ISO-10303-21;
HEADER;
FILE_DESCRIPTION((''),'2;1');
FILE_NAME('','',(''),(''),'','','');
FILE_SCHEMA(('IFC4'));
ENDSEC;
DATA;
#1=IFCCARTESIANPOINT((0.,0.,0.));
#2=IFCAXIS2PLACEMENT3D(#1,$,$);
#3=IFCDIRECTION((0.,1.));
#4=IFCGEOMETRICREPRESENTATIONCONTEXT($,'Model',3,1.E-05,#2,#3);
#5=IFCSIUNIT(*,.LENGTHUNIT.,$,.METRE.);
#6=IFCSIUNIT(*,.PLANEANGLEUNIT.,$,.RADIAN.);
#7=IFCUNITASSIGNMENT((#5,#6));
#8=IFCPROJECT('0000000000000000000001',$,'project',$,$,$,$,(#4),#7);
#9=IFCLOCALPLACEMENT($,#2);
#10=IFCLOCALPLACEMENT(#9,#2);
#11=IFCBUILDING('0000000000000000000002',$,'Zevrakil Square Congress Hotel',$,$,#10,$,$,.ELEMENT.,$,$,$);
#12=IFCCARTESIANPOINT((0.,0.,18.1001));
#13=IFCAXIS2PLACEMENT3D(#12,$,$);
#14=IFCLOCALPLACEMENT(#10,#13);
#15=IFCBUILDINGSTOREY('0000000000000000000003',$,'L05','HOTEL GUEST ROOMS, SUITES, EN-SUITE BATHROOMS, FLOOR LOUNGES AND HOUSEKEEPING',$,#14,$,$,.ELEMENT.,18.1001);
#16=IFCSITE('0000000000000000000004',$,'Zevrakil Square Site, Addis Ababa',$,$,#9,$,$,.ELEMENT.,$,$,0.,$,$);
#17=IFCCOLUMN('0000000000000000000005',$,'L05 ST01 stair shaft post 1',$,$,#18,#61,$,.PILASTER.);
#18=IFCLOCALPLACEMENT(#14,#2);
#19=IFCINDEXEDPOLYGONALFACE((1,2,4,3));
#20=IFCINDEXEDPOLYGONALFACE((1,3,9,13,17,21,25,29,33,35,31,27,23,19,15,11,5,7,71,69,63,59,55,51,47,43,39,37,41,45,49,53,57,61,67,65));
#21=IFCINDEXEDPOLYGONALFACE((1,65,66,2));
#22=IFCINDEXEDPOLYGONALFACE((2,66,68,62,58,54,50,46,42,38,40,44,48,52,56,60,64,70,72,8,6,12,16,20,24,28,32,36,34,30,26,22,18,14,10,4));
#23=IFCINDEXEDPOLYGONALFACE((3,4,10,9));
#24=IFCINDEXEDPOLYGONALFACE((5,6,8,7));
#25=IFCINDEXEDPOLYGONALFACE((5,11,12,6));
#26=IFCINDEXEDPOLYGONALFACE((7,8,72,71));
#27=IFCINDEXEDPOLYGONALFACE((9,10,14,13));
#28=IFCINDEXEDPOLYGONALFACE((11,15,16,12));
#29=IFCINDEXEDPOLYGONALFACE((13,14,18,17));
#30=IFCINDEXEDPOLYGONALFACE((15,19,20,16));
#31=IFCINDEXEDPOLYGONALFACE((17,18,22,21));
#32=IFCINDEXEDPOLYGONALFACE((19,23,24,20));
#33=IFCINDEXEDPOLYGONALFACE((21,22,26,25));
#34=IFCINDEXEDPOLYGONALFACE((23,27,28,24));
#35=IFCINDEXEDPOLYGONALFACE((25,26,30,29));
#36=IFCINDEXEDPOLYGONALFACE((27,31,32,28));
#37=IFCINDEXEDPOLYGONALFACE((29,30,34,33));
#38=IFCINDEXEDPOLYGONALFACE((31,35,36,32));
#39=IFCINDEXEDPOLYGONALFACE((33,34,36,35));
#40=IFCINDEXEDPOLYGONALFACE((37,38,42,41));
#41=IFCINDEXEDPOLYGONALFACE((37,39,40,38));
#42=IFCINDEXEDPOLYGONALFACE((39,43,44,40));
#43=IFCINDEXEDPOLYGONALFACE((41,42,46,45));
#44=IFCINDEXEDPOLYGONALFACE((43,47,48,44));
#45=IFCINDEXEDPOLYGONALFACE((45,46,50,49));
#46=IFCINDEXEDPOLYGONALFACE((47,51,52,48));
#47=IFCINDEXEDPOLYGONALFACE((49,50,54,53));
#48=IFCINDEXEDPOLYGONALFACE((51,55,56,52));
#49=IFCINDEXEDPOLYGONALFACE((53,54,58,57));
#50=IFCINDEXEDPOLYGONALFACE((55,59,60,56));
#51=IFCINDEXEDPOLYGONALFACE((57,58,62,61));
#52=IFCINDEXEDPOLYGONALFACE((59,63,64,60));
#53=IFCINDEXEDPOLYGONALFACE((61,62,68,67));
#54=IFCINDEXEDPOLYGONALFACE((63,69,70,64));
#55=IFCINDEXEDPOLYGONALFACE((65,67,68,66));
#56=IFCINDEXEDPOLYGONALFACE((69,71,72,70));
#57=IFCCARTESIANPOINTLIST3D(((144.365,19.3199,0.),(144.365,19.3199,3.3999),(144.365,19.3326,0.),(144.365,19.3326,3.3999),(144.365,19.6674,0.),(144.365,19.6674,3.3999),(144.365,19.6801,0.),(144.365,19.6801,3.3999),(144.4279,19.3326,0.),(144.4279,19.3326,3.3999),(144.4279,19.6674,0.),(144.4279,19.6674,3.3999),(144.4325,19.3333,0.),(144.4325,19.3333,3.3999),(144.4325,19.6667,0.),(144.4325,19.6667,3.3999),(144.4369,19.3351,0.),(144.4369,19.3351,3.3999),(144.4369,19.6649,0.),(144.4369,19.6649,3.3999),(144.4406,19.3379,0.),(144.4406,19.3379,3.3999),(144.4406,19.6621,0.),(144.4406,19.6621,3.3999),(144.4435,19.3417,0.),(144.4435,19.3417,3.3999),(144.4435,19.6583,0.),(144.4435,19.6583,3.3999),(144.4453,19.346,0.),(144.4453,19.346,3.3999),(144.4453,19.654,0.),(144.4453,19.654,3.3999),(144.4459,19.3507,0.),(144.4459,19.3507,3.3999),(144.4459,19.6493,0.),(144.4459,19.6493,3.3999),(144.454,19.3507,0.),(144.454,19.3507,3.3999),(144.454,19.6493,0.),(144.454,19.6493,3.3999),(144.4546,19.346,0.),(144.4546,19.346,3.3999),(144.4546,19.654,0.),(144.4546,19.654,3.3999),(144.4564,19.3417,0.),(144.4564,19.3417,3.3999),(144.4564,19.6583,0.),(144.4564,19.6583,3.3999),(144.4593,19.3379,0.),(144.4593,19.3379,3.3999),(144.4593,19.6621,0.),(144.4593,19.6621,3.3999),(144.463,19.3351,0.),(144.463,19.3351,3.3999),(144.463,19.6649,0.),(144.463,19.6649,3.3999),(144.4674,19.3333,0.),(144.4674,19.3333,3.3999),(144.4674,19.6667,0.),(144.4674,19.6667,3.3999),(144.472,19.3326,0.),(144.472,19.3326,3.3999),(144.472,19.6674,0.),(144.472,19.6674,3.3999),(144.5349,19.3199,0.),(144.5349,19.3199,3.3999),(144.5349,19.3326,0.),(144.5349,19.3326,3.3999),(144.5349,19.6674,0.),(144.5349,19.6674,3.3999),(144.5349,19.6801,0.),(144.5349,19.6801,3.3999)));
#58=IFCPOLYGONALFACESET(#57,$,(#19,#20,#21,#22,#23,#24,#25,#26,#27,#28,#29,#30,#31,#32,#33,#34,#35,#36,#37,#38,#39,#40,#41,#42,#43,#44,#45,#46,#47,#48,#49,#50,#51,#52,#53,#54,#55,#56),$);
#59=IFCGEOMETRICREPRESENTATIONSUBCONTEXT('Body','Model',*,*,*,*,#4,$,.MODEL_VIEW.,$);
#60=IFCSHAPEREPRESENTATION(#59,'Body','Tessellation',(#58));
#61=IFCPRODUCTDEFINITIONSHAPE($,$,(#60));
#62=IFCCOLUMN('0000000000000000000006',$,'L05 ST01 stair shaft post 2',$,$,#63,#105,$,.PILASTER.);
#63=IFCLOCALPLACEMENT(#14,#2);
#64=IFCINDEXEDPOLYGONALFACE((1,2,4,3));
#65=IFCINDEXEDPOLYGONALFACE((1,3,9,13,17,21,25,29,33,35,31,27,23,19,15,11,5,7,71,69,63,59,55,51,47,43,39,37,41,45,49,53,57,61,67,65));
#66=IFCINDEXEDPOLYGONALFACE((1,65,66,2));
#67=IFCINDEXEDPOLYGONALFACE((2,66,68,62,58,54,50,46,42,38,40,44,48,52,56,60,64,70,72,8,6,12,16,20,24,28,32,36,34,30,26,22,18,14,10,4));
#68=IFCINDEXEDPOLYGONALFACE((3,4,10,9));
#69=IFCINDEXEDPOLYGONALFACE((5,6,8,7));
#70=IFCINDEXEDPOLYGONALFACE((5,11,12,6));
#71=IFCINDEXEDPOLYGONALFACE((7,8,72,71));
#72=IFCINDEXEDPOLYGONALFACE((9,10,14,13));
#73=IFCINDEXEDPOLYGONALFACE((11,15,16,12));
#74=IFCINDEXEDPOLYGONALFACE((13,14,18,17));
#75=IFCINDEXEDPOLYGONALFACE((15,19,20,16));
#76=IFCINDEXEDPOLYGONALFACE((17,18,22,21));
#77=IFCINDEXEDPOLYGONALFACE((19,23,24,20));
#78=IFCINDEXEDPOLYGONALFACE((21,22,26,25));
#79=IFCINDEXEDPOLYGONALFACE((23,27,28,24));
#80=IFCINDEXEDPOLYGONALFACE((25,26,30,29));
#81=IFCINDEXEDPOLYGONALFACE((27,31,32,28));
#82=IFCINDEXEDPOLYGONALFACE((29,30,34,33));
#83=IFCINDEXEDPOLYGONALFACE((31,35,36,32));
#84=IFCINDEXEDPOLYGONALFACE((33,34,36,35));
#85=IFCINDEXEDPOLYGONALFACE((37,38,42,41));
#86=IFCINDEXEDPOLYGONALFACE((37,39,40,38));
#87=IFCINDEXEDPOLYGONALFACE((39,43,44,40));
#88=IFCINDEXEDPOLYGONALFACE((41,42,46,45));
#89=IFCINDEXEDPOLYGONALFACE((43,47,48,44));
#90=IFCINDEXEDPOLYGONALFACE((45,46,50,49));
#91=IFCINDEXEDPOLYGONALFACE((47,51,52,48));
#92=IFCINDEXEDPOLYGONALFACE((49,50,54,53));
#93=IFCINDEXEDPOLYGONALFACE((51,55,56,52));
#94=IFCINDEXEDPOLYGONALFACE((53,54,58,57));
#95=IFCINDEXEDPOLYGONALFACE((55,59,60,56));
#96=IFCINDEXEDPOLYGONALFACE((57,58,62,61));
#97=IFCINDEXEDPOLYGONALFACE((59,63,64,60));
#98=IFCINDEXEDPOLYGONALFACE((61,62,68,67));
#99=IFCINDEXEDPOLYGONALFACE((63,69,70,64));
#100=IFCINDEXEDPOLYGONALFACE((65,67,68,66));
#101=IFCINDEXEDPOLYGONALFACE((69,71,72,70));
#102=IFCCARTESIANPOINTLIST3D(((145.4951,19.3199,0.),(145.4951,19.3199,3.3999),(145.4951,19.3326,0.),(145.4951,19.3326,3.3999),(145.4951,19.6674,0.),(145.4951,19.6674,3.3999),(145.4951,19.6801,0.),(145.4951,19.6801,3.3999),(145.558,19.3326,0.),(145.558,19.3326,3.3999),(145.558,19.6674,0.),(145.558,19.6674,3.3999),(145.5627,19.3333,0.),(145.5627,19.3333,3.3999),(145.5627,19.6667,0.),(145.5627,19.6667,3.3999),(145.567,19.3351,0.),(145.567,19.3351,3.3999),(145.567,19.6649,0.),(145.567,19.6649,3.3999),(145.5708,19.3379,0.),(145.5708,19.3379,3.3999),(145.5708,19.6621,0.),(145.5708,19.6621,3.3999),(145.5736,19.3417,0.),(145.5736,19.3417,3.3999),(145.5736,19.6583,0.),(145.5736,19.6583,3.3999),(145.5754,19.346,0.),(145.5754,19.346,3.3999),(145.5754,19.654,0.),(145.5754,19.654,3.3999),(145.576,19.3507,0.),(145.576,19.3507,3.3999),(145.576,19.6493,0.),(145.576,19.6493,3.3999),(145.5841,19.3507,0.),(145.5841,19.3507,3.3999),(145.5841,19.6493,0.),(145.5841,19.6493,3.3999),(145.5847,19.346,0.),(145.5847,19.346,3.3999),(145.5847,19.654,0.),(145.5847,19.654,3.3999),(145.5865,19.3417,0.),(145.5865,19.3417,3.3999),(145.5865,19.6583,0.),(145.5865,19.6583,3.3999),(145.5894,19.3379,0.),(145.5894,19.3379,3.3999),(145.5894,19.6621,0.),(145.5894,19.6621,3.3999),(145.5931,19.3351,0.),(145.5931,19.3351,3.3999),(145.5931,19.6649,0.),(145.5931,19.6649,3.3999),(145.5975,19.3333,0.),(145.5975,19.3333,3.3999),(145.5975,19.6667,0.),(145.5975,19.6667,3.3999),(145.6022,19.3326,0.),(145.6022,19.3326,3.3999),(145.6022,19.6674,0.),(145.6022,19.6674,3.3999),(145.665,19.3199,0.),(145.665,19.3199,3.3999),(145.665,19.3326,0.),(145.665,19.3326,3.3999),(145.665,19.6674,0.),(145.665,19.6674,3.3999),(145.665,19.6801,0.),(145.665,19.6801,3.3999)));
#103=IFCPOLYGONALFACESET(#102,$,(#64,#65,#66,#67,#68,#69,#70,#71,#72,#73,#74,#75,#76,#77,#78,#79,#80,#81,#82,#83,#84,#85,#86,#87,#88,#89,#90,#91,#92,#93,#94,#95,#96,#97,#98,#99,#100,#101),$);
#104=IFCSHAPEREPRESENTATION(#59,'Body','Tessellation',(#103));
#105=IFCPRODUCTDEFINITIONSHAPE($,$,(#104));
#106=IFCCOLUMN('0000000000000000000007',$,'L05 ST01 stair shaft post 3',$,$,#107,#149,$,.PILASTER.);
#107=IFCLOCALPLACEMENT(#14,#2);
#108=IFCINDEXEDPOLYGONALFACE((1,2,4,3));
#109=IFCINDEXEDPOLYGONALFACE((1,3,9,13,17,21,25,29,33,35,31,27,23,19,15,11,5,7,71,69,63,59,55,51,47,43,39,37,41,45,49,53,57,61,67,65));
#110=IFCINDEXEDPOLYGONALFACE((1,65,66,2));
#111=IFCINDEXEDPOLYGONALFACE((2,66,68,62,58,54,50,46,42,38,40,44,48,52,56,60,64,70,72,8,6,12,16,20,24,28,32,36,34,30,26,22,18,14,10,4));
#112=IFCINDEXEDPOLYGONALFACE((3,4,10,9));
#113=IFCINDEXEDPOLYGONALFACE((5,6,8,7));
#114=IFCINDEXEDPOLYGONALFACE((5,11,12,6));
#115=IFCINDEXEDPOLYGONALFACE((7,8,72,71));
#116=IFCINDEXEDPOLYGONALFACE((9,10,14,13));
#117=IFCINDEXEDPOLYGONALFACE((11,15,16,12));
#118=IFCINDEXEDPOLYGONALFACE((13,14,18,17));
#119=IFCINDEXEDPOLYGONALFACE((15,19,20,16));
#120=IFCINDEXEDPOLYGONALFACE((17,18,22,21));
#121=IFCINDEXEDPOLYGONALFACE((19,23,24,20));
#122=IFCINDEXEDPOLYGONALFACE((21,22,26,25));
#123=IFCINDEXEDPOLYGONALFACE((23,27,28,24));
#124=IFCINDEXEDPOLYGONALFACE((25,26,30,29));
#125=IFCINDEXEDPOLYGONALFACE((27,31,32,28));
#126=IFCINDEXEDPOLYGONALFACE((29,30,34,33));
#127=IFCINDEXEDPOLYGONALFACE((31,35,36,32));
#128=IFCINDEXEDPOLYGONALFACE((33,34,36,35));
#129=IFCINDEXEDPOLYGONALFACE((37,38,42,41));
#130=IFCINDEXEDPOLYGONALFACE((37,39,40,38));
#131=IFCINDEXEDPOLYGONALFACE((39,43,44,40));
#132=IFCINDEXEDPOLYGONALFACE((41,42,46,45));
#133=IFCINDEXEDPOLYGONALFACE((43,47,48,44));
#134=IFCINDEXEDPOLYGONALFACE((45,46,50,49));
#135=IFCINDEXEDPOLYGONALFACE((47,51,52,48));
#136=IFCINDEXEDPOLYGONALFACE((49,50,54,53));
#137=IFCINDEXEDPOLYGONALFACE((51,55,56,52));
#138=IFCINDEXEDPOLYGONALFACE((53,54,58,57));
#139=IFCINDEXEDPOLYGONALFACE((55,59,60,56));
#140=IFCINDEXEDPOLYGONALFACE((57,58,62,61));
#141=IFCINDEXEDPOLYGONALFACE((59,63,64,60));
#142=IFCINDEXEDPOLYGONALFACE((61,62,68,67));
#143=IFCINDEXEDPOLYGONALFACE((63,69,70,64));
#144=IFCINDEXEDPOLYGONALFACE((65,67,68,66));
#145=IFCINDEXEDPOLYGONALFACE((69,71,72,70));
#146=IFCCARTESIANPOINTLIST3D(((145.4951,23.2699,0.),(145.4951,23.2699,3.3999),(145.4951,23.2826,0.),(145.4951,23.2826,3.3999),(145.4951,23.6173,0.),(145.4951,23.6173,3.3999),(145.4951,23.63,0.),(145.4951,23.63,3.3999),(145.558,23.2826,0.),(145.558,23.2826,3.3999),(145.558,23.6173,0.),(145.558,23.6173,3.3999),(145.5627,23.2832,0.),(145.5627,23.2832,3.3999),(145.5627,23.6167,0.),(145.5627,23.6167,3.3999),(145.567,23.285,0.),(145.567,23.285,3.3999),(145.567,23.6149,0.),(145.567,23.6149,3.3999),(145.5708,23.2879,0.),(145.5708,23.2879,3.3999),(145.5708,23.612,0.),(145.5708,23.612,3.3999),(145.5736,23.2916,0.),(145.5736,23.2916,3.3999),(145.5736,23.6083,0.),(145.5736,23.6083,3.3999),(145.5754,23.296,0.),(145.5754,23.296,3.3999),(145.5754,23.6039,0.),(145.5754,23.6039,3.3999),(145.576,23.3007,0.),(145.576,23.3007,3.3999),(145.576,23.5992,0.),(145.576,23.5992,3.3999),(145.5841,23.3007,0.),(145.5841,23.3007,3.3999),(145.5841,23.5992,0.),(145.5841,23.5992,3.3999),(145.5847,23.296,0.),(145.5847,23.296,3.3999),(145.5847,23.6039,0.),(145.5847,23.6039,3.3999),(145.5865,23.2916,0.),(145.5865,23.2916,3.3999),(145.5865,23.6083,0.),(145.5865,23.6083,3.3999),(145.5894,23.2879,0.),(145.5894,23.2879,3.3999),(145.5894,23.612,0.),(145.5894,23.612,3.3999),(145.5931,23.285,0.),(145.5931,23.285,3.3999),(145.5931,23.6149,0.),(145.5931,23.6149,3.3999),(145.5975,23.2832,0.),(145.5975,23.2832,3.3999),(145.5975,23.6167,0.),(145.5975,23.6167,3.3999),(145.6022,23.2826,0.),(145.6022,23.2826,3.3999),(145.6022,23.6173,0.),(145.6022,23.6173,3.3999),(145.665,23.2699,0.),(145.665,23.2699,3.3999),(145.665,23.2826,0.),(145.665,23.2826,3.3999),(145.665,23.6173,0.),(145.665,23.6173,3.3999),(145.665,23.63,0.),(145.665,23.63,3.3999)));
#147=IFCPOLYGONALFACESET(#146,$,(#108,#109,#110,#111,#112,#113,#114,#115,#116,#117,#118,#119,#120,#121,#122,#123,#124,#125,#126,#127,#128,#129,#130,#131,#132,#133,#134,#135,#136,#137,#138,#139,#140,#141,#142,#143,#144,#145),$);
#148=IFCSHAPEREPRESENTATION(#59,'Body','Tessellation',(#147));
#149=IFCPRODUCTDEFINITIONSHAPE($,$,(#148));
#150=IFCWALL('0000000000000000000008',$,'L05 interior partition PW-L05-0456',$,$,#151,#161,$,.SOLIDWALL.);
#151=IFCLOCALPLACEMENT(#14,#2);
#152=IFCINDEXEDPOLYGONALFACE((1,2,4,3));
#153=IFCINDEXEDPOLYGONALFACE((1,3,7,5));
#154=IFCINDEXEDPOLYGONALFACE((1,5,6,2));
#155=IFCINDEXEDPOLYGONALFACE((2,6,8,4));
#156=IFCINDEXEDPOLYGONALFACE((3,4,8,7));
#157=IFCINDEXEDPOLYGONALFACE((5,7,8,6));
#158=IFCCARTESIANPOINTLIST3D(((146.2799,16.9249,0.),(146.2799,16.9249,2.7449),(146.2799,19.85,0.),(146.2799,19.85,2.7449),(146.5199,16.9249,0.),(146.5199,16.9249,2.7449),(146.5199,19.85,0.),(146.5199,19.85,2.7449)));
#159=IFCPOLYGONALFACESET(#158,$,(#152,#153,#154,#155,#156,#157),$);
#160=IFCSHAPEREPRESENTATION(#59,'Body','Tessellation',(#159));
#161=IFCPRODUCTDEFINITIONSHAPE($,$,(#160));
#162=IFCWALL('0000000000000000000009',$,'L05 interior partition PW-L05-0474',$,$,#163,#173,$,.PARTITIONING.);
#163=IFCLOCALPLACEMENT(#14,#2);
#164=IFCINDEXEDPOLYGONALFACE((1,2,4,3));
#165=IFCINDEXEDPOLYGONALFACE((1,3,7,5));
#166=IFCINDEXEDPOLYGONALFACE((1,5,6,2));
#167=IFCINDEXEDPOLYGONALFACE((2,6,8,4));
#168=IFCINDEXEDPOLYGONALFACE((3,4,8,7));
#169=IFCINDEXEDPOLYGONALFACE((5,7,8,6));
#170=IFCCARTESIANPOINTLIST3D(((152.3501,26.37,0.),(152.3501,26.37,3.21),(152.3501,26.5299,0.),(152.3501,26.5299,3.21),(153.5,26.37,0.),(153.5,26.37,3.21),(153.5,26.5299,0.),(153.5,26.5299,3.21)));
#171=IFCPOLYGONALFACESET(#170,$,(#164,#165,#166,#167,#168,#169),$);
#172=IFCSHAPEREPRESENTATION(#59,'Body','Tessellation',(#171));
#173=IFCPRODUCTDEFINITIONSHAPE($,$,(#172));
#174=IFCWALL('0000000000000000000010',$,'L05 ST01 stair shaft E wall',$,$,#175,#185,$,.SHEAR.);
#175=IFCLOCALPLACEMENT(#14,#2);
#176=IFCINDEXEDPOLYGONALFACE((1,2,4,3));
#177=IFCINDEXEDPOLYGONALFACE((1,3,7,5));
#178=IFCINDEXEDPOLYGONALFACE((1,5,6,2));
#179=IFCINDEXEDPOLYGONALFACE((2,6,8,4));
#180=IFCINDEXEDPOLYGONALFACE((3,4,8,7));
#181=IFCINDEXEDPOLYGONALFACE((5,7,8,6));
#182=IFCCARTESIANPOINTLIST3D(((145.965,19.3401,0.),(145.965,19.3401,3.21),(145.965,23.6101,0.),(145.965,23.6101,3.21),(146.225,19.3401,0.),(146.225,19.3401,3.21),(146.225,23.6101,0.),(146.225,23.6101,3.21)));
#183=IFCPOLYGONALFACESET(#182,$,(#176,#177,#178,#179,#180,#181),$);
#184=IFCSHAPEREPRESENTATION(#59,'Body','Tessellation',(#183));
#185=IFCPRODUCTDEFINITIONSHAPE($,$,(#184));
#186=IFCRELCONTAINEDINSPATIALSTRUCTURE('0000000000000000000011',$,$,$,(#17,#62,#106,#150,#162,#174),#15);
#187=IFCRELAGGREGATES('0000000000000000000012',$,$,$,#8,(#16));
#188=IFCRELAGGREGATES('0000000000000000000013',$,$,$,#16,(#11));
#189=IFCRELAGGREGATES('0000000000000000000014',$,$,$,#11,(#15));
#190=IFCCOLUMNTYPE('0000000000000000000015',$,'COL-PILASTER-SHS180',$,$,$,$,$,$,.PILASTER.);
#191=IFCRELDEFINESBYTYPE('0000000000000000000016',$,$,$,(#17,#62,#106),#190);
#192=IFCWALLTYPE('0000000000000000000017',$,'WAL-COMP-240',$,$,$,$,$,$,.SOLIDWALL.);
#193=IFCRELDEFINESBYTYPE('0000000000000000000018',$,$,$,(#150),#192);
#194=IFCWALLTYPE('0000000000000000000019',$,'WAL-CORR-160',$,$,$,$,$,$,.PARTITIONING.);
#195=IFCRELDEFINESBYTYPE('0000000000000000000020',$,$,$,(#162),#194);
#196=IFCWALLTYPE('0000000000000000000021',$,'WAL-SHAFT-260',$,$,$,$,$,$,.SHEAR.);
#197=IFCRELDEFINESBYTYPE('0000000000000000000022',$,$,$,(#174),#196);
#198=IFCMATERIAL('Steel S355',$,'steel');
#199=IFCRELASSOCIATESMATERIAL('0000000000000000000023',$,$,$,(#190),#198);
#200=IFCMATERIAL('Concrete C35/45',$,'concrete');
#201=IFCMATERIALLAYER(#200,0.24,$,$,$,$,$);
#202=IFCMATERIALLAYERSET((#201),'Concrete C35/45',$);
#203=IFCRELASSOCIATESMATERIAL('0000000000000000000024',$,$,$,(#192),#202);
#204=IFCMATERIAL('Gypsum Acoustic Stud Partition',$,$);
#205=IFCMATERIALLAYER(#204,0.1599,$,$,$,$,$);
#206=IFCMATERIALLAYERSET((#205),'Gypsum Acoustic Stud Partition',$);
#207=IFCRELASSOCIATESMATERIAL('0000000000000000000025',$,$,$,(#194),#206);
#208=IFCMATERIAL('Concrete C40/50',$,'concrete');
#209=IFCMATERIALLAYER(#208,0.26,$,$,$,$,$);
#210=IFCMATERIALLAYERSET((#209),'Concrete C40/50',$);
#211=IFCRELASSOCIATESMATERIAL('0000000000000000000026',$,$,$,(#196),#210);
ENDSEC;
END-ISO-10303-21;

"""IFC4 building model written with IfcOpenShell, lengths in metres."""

from ifc_helpers import new_model, si_unit, direction, frame, frame_2d, origin, origin_2d, place, context, subcontext, project, spatial, rectangle, i_section, extrude, material, layer, layer_set, material_profile, profile_set, type_object, element, save


model = new_model("IFC4")

# Units and contexts
model_context = context("Model", 3, precision=1e-05, world=origin(), true_north=direction((0.0, 1.0)))
body_context = subcontext(model_context, "Body", "Model", "MODEL_VIEW")
ifc_project = project(units=[si_unit("LENGTHUNIT", "METRE"), si_unit("PLANEANGLEUNIT", "RADIAN")], contexts=[model_context])

# Site, building, storey
site_placement = place(None, origin())
site = spatial("IfcSite", under=ifc_project, at=site_placement, Name="Zevrakil Square Site, Addis Ababa", CompositionType="ELEMENT", RefElevation=0.0)
building_placement = place(site_placement, origin())
building = spatial("IfcBuilding", under=site, at=building_placement, Name="Zevrakil Square Congress Hotel", CompositionType="ELEMENT")
storey_placement = place(building_placement, frame((0.0, 0.0, 18.1001)))
storey = spatial("IfcBuildingStorey", under=building, at=storey_placement, Name="L05", Description="HOTEL GUEST ROOMS, SUITES, EN-SUITE BATHROOMS, FLOOR LOUNGES AND HOUSEKEEPING", CompositionType="ELEMENT", Elevation=18.1001)

# Columns
ifc_material_1 = material(Name="Steel S355", Category="steel")
ifc_material_profile = material_profile(ifc_material_1, i_section(OverallWidth=0.1699, OverallDepth=0.3601, WebThickness=0.0081, FlangeThickness=0.0127, FilletRadius=0.0181, at=origin_2d()), Name="IPE 360")
ifc_profile_set = profile_set([ifc_material_profile], Name="Steel S355")
column_type = type_object("IfcColumnType", Name="COL-PILASTER-SHS180", PredefinedType="PILASTER", material=ifc_profile_set)
for number, where, z_axis, x_axis, name in (
    (1, (144.45, 19.5, 0.0), (0.0, 0.0, 1.0), (1.0, 0.0, 0.0), "L05 ST01 stair shaft post 1"),
    (2, (145.5801, 19.5, 0.0), (0.0, 0.0, 1.0), (1.0, 0.0, 0.0), "L05 ST01 stair shaft post 2"),
    (3, (145.5801, 23.45, 0.0), (0.0, 0.0, 1.0), (1.0, 0.0, 0.0), "L05 ST01 stair shaft post 3"),
):
    element("IfcColumn", number, at=place(storey_placement, frame(where, z_axis=z_axis, x_axis=x_axis)), inside=storey, type_object=column_type, Name=name, PredefinedType="PILASTER", context=body_context, shape_type="SweptSolid", body=[
        extrude(i_section(OverallWidth=0.1699, OverallDepth=0.3601, WebThickness=0.0081, FlangeThickness=0.0127, FilletRadius=0.0181, at=origin_2d()), origin(), (0.0, 0.0, 1.0), 3.3999),
    ])

# Walls
ifc_material_2 = material(Name="Concrete C35/45", Category="concrete")
ifc_layer_1 = layer(ifc_material_2, 0.24)
ifc_layer_set_1 = layer_set([ifc_layer_1], Name="Concrete C35/45")
wall_type_1 = type_object("IfcWallType", Name="WAL-COMP-240", PredefinedType="SOLIDWALL", material=ifc_layer_set_1)
wall_1_placement = place(storey_placement, frame((146.3999, 16.925, 0.0), z_axis=(0.0, 0.0, 1.0), x_axis=(0.0, 1.0, 0.0)))
element("IfcWall", 4, at=wall_1_placement, inside=storey, type_object=wall_type_1, Name="L05 interior partition PW-L05-0456", PredefinedType="SOLIDWALL", context=body_context, shape_type="SweptSolid", body=[
    extrude(rectangle(XDim=2.925, YDim=0.24, at=frame_2d((1.4624, 0.0))), origin(), (0.0, 0.0, 1.0), 2.7449),
])
ifc_material_3 = material(Name="Gypsum Acoustic Stud Partition")
ifc_layer_2 = layer(ifc_material_3, 0.1599)
ifc_layer_set_2 = layer_set([ifc_layer_2], Name="Gypsum Acoustic Stud Partition")
wall_type_2 = type_object("IfcWallType", Name="WAL-CORR-160", PredefinedType="PARTITIONING", material=ifc_layer_set_2)
wall_2_placement = place(storey_placement, frame((152.3501, 26.45, 0.0), z_axis=(0.0, 0.0, 1.0), x_axis=(1.0, 0.0, 0.0)))
element("IfcWall", 5, at=wall_2_placement, inside=storey, type_object=wall_type_2, Name="L05 interior partition PW-L05-0474", PredefinedType="PARTITIONING", context=body_context, shape_type="SweptSolid", body=[
    extrude(rectangle(XDim=1.1499, YDim=0.1599, at=frame_2d((0.575, 0.0))), origin(), (0.0, 0.0, 1.0), 3.21),
])
ifc_material_4 = material(Name="Concrete C40/50", Category="concrete")
ifc_layer_3 = layer(ifc_material_4, 0.26)
ifc_layer_set_3 = layer_set([ifc_layer_3], Name="Concrete C40/50")
wall_type_3 = type_object("IfcWallType", Name="WAL-SHAFT-260", PredefinedType="SHEAR", material=ifc_layer_set_3)
wall_3_placement = place(storey_placement, frame((146.095, 19.3401, 0.0), z_axis=(0.0, 0.0, 1.0), x_axis=(0.0, 1.0, 0.0)))
element("IfcWall", 6, at=wall_3_placement, inside=storey, type_object=wall_type_3, Name="L05 ST01 stair shaft E wall", PredefinedType="SHEAR", context=body_context, shape_type="SweptSolid", body=[
    extrude(rectangle(XDim=4.27, YDim=0.26, at=frame_2d((2.135, 0.0))), origin(), (0.0, 0.0, 1.0), 3.21),
])

save(model, "model.ifc")
